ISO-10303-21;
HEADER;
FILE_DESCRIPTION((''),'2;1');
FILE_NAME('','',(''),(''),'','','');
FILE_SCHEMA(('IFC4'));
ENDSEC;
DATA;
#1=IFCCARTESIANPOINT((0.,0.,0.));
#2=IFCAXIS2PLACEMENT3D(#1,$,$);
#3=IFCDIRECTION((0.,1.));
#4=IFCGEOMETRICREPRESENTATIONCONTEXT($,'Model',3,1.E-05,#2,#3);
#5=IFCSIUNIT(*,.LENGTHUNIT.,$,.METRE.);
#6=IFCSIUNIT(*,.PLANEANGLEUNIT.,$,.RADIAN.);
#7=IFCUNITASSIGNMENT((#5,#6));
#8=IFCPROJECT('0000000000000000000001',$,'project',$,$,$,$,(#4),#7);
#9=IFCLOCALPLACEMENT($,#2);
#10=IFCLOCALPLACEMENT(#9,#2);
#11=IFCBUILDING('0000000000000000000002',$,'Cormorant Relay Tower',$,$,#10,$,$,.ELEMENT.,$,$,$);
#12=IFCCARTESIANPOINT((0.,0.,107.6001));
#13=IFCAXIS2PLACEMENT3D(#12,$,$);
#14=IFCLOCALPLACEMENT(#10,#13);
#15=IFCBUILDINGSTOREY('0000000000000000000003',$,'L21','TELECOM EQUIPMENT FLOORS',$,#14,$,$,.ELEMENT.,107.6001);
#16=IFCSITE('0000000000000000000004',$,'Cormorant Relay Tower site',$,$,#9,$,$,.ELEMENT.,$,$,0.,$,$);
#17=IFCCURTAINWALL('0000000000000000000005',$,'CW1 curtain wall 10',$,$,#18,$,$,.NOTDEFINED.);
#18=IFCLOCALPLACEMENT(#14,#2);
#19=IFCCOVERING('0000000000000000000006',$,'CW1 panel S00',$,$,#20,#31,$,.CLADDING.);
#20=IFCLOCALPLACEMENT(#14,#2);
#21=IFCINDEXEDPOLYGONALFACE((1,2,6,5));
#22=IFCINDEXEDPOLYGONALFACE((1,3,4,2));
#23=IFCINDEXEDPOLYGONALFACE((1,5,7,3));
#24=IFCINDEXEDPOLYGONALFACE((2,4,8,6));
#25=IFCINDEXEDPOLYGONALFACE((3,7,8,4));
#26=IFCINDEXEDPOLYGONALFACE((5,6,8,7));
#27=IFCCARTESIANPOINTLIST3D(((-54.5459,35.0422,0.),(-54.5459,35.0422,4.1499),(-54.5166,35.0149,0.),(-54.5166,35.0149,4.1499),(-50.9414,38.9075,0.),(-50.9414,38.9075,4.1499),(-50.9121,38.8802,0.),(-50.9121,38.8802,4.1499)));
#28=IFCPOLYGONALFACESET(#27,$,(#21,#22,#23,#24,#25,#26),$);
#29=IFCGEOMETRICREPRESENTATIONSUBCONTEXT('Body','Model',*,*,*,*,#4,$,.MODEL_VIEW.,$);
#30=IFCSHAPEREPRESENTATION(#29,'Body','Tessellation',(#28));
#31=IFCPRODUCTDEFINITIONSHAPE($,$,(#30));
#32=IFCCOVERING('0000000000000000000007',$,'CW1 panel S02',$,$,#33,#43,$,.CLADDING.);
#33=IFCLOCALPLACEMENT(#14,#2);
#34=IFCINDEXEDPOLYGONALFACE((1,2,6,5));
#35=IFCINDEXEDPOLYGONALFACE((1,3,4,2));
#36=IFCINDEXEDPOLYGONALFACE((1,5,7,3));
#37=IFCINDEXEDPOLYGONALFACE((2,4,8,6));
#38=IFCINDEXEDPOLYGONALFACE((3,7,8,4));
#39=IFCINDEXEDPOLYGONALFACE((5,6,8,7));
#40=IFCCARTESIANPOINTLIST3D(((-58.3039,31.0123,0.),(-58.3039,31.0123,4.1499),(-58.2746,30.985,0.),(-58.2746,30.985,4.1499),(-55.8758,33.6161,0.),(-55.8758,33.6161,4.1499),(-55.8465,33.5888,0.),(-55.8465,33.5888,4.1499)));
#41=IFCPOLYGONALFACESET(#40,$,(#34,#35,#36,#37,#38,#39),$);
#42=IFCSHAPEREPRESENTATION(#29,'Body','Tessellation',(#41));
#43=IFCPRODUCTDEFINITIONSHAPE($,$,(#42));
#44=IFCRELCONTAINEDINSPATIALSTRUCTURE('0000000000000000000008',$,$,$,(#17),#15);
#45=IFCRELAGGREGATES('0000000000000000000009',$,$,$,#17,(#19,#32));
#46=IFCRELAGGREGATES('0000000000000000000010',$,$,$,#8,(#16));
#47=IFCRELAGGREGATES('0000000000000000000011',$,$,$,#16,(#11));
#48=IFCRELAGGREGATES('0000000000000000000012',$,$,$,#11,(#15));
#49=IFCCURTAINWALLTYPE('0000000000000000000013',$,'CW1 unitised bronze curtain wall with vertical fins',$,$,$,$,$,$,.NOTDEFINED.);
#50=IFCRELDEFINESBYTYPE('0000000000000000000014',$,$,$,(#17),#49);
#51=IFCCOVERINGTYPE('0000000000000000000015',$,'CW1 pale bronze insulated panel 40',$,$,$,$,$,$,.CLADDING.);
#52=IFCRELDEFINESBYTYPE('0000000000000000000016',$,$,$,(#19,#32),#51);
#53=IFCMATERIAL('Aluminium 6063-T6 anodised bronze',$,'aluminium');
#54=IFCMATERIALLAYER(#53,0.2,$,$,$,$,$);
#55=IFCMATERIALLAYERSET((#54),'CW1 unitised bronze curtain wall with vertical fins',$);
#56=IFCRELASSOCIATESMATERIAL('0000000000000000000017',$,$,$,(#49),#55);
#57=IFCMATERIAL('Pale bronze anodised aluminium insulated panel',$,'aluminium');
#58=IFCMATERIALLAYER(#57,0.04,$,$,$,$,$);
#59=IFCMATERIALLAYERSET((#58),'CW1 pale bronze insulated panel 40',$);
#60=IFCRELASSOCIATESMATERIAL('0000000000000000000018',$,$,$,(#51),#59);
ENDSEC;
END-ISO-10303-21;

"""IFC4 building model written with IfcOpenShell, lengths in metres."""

from ifc_helpers import new_model, si_unit, direction, frame, origin, origin_2d, place, context, subcontext, project, spatial, rectangle, extrude, material, layer, layer_set, type_object, element, aggregate, save


model = new_model("IFC4")

# Units and contexts
model_context = context("Model", 3, precision=1e-05, world=origin(), true_north=direction((0.0, 1.0)))
body_context = subcontext(model_context, "Body", "Model", "MODEL_VIEW")
ifc_project = project(units=[si_unit("LENGTHUNIT", "METRE"), si_unit("PLANEANGLEUNIT", "RADIAN")], contexts=[model_context])

# Site, building, storey
site_placement = place(None, origin())
site = spatial("IfcSite", under=ifc_project, at=site_placement, Name="Cormorant Relay Tower site", CompositionType="ELEMENT", RefElevation=0.0)
building_placement = place(site_placement, origin())
building = spatial("IfcBuilding", under=site, at=building_placement, Name="Cormorant Relay Tower", CompositionType="ELEMENT")
storey_placement = place(building_placement, frame((0.0, 0.0, 107.6001)))
storey = spatial("IfcBuildingStorey", under=building, at=storey_placement, Name="L21", Description="TELECOM EQUIPMENT FLOORS", CompositionType="ELEMENT", Elevation=107.6001)

# Shared definitions
ifc_material_1 = material(Name="Aluminium 6063-T6 anodised bronze", Category="aluminium")
ifc_layer_1 = layer(ifc_material_1, 0.2)
ifc_layer_set_1 = layer_set([ifc_layer_1], Name="CW1 unitised bronze curtain wall with vertical fins")
curtain_wall_type = type_object("IfcCurtainWallType", Name="CW1 unitised bronze curtain wall with vertical fins", PredefinedType="NOTDEFINED", material=ifc_layer_set_1)

# Curtain wall
curtain_wall_1_placement = place(storey_placement, origin())
curtain_wall_1 = element("IfcCurtainWall", 1, at=curtain_wall_1_placement, inside=storey, type_object=curtain_wall_type, Name="CW1 curtain wall 10", PredefinedType="NOTDEFINED")

# Coverings
ifc_material_2 = material(Name="Pale bronze anodised aluminium insulated panel", Category="aluminium")
ifc_layer_2 = layer(ifc_material_2, 0.04)
ifc_layer_set_2 = layer_set([ifc_layer_2], Name="CW1 pale bronze insulated panel 40")
covering_type = type_object("IfcCoveringType", Name="CW1 pale bronze insulated panel 40", PredefinedType="CLADDING", material=ifc_layer_set_2)
covering_1_placement = place(storey_placement, frame((-52.729, 36.9612, 0.0), z_axis=(0.0, 0.0, 1.0), x_axis=(-0.681998, -0.731354, 0.0)))
covering_1 = element("IfcCovering", 2, at=covering_1_placement, type_object=covering_type, Name="CW1 panel S00", PredefinedType="CLADDING", context=body_context, shape_type="SweptSolid", body=[
    extrude(rectangle(XDim=5.2852, YDim=0.04, at=origin_2d()), origin(), (0.0, 0.0, 1.0), 4.1499),
])
covering_2_placement = place(storey_placement, frame((-57.0752, 32.3005, 0.0), z_axis=(0.0, 0.0, 1.0), x_axis=(-0.681998, -0.731354, 0.0)))
covering_2 = element("IfcCovering", 3, at=covering_2_placement, type_object=covering_type, Name="CW1 panel S02", PredefinedType="CLADDING", context=body_context, shape_type="SweptSolid", body=[
    extrude(rectangle(XDim=3.5603, YDim=0.04, at=origin_2d()), origin(), (0.0, 0.0, 1.0), 4.1499),
])
aggregate(curtain_wall_1, [covering_1, covering_2])

save(model, "model.ifc")
